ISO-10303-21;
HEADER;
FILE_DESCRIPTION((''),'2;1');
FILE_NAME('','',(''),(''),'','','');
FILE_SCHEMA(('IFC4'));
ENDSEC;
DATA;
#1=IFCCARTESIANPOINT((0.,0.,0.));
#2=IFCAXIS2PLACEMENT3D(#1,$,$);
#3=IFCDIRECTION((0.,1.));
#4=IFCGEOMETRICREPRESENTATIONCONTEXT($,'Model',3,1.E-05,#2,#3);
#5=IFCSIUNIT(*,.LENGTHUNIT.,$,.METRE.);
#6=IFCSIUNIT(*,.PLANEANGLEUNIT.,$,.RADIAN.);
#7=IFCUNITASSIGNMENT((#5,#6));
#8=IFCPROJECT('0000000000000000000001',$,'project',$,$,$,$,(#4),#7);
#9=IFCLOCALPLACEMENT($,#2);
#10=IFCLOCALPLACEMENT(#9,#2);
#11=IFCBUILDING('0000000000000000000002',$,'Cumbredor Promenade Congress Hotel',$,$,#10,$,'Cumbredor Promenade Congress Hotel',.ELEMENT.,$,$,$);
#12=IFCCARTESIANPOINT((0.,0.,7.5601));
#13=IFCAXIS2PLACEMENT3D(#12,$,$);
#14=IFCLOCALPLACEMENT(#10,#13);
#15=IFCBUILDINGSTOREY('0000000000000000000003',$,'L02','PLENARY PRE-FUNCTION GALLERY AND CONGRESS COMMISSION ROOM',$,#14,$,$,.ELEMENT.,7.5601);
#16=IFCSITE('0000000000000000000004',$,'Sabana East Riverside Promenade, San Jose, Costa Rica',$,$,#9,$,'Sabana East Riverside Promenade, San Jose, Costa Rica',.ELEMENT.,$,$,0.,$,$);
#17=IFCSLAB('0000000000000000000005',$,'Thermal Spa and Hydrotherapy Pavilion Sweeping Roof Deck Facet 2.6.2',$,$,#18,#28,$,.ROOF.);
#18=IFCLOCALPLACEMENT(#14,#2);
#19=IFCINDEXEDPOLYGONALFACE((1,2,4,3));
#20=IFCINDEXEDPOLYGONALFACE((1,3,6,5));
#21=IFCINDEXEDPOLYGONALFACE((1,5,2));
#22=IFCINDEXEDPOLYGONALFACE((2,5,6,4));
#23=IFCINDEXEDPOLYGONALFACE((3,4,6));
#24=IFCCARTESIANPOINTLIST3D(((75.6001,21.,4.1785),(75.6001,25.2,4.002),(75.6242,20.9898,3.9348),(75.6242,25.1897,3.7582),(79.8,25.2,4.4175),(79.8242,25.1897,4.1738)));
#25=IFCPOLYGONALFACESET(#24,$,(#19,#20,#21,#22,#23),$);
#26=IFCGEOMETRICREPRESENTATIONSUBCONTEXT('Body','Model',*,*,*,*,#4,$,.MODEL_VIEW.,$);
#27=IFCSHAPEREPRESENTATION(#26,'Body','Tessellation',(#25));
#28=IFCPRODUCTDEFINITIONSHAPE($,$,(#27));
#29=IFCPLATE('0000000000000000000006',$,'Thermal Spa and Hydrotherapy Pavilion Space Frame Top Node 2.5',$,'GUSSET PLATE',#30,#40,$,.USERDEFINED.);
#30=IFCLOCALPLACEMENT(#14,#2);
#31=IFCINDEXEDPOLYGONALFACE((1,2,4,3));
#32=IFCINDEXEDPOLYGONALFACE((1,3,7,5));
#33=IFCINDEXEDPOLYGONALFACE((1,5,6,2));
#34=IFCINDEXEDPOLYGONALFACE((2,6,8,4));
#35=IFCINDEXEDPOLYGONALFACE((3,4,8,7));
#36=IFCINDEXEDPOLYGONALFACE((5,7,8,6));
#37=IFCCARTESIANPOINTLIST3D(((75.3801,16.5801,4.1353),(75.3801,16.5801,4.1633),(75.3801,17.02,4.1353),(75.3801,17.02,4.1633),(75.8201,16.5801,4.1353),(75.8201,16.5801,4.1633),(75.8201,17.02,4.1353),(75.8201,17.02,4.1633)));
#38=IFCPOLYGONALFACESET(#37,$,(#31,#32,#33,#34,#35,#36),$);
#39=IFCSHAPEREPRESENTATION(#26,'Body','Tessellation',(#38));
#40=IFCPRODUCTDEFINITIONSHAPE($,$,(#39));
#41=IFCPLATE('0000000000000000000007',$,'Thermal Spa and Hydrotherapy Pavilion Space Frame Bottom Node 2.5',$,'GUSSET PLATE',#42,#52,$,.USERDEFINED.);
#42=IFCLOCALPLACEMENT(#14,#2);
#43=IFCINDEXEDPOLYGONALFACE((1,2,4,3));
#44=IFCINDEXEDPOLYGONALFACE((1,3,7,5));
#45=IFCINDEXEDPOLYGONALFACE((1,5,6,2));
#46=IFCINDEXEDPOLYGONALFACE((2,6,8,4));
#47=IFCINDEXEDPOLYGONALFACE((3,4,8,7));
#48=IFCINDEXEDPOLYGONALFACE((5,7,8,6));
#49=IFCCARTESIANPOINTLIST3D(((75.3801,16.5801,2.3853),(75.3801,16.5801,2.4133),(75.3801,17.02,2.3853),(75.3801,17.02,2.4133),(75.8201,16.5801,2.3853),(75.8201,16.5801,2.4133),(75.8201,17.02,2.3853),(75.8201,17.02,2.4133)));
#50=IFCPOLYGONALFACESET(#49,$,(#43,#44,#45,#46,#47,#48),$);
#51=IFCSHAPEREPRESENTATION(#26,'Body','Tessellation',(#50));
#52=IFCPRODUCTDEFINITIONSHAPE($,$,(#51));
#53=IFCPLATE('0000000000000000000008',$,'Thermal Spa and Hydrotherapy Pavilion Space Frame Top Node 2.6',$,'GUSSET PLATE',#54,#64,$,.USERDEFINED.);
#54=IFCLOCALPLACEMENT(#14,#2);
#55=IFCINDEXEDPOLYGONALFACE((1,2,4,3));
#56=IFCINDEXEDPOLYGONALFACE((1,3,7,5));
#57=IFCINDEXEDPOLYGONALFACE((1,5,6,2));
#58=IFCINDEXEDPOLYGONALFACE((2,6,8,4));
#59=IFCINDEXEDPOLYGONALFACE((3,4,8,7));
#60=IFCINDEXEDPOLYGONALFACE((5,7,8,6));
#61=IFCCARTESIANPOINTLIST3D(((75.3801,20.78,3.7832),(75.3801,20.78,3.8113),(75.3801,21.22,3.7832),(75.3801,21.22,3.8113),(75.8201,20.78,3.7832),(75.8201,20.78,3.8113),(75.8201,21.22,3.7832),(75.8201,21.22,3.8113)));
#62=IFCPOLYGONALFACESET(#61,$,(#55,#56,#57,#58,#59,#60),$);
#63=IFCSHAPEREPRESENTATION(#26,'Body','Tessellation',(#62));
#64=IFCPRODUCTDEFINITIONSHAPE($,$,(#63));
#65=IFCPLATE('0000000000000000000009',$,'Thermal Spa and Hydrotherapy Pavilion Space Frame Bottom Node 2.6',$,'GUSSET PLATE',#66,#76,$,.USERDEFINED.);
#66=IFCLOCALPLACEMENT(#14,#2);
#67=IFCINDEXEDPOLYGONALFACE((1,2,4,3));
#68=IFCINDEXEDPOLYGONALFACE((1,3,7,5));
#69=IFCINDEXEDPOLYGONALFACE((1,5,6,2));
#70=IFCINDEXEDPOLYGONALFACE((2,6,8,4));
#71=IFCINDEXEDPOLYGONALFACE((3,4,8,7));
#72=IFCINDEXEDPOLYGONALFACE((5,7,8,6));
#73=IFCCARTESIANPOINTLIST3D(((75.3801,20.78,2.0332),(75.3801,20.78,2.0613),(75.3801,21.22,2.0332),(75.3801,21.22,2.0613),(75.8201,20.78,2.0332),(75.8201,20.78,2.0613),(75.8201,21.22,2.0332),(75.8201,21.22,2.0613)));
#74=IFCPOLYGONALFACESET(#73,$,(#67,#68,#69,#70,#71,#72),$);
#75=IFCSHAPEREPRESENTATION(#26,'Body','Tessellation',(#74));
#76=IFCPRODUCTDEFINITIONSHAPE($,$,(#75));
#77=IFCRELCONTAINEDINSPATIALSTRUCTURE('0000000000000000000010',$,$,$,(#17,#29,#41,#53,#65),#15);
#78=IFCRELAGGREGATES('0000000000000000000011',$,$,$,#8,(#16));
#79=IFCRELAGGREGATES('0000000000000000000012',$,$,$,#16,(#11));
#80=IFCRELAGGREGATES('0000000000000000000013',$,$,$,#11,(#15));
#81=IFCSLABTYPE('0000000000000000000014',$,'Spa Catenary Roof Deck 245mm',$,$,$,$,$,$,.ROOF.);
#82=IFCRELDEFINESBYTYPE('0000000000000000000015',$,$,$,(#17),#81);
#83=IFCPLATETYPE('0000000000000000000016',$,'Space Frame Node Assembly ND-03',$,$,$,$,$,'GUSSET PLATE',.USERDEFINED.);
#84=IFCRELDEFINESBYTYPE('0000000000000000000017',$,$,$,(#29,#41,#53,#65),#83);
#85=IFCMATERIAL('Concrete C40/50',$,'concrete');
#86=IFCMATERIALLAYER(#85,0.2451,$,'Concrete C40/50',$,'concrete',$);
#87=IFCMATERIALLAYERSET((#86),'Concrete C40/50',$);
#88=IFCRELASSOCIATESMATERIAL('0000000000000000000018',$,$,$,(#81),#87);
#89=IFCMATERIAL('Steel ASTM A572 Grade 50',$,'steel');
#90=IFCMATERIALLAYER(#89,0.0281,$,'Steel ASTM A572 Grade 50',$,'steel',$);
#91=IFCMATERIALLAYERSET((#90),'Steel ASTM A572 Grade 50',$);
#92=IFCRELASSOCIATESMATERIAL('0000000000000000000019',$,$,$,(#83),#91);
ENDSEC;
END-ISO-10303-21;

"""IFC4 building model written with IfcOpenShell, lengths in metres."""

from ifc_helpers import new_model, si_unit, direction, frame, origin, origin_2d, place, context, subcontext, project, spatial, polyline, rectangle, outline, extrude, material, layer, layer_set, type_object, element, save


model = new_model("IFC4")

# Units and contexts
model_context = context("Model", 3, precision=1e-05, world=origin(), true_north=direction((0.0, 1.0)))
body_context = subcontext(model_context, "Body", "Model", "MODEL_VIEW")
ifc_project = project(units=[si_unit("LENGTHUNIT", "METRE"), si_unit("PLANEANGLEUNIT", "RADIAN")], contexts=[model_context])

# Site, building, storey
site_placement = place(None, origin())
site = spatial("IfcSite", under=ifc_project, at=site_placement, Name="Sabana East Riverside Promenade, San Jose, Costa Rica", LongName="Sabana East Riverside Promenade, San Jose, Costa Rica", CompositionType="ELEMENT", RefElevation=0.0)
building_placement = place(site_placement, origin())
building = spatial("IfcBuilding", under=site, at=building_placement, Name="Cumbredor Promenade Congress Hotel", LongName="Cumbredor Promenade Congress Hotel", CompositionType="ELEMENT")
storey_placement = place(building_placement, frame((0.0, 0.0, 7.5601)))
storey = spatial("IfcBuildingStorey", under=building, at=storey_placement, Name="L02", Description="PLENARY PRE-FUNCTION GALLERY AND CONGRESS COMMISSION ROOM", CompositionType="ELEMENT", Elevation=7.5601)

# Slab
ifc_material_1 = material(Name="Concrete C40/50", Category="concrete")
ifc_layer_1 = layer(ifc_material_1, 0.2451, Name="Concrete C40/50", Category="concrete")
ifc_layer_set_1 = layer_set([ifc_layer_1], Name="Concrete C40/50")
slab_type = type_object("IfcSlabType", Name="Spa Catenary Roof Deck 245mm", PredefinedType="ROOF", material=ifc_layer_set_1)
slab_placement = place(storey_placement, frame((75.6001, 21.0, 4.1785), z_axis=(-0.09837, 0.041787, 0.994272), x_axis=(0.706535, 0.706535, 0.040208)))
element("IfcSlab", 1, at=slab_placement, inside=storey, type_object=slab_type, Name="Thermal Spa and Hydrotherapy Pavilion Sweeping Roof Deck Facet 2.6.2", PredefinedType="ROOF", context=body_context, shape_type="SweptSolid", body=[
    extrude(outline(polyline([(0.0, 0.0), (5.9444, 0.0), (2.9603, 2.9845), (0.0, 0.0)])), origin(), (0.0, 0.0, -1.0), 0.2451),
])

# Plates
ifc_material_2 = material(Name="Steel ASTM A572 Grade 50", Category="steel")
ifc_layer_2 = layer(ifc_material_2, 0.0281, Name="Steel ASTM A572 Grade 50", Category="steel")
ifc_layer_set_2 = layer_set([ifc_layer_2], Name="Steel ASTM A572 Grade 50")
plate_type_1 = type_object("IfcPlateType", Name="Space Frame Node Assembly ND-03", ElementType="GUSSET PLATE", PredefinedType="USERDEFINED", material=ifc_layer_set_2)
for number, where, z_axis, x_axis, name in (
    (2, (75.6001, 16.8, 4.1353), (0.0, 0.0, 1.0), (1.0, 0.0, 0.0), "Thermal Spa and Hydrotherapy Pavilion Space Frame Top Node 2.5"),
    (3, (75.6001, 16.8, 2.3853), (0.0, 0.0, 1.0), (1.0, 0.0, 0.0), "Thermal Spa and Hydrotherapy Pavilion Space Frame Bottom Node 2.5"),
    (4, (75.6001, 21.0, 3.7832), (0.0, 0.0, 1.0), (1.0, 0.0, 0.0), "Thermal Spa and Hydrotherapy Pavilion Space Frame Top Node 2.6"),
    (5, (75.6001, 21.0, 2.0332), (0.0, 0.0, 1.0), (1.0, 0.0, 0.0), "Thermal Spa and Hydrotherapy Pavilion Space Frame Bottom Node 2.6"),
):
    element("IfcPlate", number, at=place(storey_placement, frame(where, z_axis=z_axis, x_axis=x_axis)), inside=storey, type_object=plate_type_1, Name=name, ObjectType="GUSSET PLATE", PredefinedType="USERDEFINED", context=body_context, shape_type="SweptSolid", body=[
        extrude(rectangle(XDim=0.4399, YDim=0.4399, at=origin_2d()), origin(), (0.0, 0.0, 1.0), 0.0281),
    ])

save(model, "model.ifc")
